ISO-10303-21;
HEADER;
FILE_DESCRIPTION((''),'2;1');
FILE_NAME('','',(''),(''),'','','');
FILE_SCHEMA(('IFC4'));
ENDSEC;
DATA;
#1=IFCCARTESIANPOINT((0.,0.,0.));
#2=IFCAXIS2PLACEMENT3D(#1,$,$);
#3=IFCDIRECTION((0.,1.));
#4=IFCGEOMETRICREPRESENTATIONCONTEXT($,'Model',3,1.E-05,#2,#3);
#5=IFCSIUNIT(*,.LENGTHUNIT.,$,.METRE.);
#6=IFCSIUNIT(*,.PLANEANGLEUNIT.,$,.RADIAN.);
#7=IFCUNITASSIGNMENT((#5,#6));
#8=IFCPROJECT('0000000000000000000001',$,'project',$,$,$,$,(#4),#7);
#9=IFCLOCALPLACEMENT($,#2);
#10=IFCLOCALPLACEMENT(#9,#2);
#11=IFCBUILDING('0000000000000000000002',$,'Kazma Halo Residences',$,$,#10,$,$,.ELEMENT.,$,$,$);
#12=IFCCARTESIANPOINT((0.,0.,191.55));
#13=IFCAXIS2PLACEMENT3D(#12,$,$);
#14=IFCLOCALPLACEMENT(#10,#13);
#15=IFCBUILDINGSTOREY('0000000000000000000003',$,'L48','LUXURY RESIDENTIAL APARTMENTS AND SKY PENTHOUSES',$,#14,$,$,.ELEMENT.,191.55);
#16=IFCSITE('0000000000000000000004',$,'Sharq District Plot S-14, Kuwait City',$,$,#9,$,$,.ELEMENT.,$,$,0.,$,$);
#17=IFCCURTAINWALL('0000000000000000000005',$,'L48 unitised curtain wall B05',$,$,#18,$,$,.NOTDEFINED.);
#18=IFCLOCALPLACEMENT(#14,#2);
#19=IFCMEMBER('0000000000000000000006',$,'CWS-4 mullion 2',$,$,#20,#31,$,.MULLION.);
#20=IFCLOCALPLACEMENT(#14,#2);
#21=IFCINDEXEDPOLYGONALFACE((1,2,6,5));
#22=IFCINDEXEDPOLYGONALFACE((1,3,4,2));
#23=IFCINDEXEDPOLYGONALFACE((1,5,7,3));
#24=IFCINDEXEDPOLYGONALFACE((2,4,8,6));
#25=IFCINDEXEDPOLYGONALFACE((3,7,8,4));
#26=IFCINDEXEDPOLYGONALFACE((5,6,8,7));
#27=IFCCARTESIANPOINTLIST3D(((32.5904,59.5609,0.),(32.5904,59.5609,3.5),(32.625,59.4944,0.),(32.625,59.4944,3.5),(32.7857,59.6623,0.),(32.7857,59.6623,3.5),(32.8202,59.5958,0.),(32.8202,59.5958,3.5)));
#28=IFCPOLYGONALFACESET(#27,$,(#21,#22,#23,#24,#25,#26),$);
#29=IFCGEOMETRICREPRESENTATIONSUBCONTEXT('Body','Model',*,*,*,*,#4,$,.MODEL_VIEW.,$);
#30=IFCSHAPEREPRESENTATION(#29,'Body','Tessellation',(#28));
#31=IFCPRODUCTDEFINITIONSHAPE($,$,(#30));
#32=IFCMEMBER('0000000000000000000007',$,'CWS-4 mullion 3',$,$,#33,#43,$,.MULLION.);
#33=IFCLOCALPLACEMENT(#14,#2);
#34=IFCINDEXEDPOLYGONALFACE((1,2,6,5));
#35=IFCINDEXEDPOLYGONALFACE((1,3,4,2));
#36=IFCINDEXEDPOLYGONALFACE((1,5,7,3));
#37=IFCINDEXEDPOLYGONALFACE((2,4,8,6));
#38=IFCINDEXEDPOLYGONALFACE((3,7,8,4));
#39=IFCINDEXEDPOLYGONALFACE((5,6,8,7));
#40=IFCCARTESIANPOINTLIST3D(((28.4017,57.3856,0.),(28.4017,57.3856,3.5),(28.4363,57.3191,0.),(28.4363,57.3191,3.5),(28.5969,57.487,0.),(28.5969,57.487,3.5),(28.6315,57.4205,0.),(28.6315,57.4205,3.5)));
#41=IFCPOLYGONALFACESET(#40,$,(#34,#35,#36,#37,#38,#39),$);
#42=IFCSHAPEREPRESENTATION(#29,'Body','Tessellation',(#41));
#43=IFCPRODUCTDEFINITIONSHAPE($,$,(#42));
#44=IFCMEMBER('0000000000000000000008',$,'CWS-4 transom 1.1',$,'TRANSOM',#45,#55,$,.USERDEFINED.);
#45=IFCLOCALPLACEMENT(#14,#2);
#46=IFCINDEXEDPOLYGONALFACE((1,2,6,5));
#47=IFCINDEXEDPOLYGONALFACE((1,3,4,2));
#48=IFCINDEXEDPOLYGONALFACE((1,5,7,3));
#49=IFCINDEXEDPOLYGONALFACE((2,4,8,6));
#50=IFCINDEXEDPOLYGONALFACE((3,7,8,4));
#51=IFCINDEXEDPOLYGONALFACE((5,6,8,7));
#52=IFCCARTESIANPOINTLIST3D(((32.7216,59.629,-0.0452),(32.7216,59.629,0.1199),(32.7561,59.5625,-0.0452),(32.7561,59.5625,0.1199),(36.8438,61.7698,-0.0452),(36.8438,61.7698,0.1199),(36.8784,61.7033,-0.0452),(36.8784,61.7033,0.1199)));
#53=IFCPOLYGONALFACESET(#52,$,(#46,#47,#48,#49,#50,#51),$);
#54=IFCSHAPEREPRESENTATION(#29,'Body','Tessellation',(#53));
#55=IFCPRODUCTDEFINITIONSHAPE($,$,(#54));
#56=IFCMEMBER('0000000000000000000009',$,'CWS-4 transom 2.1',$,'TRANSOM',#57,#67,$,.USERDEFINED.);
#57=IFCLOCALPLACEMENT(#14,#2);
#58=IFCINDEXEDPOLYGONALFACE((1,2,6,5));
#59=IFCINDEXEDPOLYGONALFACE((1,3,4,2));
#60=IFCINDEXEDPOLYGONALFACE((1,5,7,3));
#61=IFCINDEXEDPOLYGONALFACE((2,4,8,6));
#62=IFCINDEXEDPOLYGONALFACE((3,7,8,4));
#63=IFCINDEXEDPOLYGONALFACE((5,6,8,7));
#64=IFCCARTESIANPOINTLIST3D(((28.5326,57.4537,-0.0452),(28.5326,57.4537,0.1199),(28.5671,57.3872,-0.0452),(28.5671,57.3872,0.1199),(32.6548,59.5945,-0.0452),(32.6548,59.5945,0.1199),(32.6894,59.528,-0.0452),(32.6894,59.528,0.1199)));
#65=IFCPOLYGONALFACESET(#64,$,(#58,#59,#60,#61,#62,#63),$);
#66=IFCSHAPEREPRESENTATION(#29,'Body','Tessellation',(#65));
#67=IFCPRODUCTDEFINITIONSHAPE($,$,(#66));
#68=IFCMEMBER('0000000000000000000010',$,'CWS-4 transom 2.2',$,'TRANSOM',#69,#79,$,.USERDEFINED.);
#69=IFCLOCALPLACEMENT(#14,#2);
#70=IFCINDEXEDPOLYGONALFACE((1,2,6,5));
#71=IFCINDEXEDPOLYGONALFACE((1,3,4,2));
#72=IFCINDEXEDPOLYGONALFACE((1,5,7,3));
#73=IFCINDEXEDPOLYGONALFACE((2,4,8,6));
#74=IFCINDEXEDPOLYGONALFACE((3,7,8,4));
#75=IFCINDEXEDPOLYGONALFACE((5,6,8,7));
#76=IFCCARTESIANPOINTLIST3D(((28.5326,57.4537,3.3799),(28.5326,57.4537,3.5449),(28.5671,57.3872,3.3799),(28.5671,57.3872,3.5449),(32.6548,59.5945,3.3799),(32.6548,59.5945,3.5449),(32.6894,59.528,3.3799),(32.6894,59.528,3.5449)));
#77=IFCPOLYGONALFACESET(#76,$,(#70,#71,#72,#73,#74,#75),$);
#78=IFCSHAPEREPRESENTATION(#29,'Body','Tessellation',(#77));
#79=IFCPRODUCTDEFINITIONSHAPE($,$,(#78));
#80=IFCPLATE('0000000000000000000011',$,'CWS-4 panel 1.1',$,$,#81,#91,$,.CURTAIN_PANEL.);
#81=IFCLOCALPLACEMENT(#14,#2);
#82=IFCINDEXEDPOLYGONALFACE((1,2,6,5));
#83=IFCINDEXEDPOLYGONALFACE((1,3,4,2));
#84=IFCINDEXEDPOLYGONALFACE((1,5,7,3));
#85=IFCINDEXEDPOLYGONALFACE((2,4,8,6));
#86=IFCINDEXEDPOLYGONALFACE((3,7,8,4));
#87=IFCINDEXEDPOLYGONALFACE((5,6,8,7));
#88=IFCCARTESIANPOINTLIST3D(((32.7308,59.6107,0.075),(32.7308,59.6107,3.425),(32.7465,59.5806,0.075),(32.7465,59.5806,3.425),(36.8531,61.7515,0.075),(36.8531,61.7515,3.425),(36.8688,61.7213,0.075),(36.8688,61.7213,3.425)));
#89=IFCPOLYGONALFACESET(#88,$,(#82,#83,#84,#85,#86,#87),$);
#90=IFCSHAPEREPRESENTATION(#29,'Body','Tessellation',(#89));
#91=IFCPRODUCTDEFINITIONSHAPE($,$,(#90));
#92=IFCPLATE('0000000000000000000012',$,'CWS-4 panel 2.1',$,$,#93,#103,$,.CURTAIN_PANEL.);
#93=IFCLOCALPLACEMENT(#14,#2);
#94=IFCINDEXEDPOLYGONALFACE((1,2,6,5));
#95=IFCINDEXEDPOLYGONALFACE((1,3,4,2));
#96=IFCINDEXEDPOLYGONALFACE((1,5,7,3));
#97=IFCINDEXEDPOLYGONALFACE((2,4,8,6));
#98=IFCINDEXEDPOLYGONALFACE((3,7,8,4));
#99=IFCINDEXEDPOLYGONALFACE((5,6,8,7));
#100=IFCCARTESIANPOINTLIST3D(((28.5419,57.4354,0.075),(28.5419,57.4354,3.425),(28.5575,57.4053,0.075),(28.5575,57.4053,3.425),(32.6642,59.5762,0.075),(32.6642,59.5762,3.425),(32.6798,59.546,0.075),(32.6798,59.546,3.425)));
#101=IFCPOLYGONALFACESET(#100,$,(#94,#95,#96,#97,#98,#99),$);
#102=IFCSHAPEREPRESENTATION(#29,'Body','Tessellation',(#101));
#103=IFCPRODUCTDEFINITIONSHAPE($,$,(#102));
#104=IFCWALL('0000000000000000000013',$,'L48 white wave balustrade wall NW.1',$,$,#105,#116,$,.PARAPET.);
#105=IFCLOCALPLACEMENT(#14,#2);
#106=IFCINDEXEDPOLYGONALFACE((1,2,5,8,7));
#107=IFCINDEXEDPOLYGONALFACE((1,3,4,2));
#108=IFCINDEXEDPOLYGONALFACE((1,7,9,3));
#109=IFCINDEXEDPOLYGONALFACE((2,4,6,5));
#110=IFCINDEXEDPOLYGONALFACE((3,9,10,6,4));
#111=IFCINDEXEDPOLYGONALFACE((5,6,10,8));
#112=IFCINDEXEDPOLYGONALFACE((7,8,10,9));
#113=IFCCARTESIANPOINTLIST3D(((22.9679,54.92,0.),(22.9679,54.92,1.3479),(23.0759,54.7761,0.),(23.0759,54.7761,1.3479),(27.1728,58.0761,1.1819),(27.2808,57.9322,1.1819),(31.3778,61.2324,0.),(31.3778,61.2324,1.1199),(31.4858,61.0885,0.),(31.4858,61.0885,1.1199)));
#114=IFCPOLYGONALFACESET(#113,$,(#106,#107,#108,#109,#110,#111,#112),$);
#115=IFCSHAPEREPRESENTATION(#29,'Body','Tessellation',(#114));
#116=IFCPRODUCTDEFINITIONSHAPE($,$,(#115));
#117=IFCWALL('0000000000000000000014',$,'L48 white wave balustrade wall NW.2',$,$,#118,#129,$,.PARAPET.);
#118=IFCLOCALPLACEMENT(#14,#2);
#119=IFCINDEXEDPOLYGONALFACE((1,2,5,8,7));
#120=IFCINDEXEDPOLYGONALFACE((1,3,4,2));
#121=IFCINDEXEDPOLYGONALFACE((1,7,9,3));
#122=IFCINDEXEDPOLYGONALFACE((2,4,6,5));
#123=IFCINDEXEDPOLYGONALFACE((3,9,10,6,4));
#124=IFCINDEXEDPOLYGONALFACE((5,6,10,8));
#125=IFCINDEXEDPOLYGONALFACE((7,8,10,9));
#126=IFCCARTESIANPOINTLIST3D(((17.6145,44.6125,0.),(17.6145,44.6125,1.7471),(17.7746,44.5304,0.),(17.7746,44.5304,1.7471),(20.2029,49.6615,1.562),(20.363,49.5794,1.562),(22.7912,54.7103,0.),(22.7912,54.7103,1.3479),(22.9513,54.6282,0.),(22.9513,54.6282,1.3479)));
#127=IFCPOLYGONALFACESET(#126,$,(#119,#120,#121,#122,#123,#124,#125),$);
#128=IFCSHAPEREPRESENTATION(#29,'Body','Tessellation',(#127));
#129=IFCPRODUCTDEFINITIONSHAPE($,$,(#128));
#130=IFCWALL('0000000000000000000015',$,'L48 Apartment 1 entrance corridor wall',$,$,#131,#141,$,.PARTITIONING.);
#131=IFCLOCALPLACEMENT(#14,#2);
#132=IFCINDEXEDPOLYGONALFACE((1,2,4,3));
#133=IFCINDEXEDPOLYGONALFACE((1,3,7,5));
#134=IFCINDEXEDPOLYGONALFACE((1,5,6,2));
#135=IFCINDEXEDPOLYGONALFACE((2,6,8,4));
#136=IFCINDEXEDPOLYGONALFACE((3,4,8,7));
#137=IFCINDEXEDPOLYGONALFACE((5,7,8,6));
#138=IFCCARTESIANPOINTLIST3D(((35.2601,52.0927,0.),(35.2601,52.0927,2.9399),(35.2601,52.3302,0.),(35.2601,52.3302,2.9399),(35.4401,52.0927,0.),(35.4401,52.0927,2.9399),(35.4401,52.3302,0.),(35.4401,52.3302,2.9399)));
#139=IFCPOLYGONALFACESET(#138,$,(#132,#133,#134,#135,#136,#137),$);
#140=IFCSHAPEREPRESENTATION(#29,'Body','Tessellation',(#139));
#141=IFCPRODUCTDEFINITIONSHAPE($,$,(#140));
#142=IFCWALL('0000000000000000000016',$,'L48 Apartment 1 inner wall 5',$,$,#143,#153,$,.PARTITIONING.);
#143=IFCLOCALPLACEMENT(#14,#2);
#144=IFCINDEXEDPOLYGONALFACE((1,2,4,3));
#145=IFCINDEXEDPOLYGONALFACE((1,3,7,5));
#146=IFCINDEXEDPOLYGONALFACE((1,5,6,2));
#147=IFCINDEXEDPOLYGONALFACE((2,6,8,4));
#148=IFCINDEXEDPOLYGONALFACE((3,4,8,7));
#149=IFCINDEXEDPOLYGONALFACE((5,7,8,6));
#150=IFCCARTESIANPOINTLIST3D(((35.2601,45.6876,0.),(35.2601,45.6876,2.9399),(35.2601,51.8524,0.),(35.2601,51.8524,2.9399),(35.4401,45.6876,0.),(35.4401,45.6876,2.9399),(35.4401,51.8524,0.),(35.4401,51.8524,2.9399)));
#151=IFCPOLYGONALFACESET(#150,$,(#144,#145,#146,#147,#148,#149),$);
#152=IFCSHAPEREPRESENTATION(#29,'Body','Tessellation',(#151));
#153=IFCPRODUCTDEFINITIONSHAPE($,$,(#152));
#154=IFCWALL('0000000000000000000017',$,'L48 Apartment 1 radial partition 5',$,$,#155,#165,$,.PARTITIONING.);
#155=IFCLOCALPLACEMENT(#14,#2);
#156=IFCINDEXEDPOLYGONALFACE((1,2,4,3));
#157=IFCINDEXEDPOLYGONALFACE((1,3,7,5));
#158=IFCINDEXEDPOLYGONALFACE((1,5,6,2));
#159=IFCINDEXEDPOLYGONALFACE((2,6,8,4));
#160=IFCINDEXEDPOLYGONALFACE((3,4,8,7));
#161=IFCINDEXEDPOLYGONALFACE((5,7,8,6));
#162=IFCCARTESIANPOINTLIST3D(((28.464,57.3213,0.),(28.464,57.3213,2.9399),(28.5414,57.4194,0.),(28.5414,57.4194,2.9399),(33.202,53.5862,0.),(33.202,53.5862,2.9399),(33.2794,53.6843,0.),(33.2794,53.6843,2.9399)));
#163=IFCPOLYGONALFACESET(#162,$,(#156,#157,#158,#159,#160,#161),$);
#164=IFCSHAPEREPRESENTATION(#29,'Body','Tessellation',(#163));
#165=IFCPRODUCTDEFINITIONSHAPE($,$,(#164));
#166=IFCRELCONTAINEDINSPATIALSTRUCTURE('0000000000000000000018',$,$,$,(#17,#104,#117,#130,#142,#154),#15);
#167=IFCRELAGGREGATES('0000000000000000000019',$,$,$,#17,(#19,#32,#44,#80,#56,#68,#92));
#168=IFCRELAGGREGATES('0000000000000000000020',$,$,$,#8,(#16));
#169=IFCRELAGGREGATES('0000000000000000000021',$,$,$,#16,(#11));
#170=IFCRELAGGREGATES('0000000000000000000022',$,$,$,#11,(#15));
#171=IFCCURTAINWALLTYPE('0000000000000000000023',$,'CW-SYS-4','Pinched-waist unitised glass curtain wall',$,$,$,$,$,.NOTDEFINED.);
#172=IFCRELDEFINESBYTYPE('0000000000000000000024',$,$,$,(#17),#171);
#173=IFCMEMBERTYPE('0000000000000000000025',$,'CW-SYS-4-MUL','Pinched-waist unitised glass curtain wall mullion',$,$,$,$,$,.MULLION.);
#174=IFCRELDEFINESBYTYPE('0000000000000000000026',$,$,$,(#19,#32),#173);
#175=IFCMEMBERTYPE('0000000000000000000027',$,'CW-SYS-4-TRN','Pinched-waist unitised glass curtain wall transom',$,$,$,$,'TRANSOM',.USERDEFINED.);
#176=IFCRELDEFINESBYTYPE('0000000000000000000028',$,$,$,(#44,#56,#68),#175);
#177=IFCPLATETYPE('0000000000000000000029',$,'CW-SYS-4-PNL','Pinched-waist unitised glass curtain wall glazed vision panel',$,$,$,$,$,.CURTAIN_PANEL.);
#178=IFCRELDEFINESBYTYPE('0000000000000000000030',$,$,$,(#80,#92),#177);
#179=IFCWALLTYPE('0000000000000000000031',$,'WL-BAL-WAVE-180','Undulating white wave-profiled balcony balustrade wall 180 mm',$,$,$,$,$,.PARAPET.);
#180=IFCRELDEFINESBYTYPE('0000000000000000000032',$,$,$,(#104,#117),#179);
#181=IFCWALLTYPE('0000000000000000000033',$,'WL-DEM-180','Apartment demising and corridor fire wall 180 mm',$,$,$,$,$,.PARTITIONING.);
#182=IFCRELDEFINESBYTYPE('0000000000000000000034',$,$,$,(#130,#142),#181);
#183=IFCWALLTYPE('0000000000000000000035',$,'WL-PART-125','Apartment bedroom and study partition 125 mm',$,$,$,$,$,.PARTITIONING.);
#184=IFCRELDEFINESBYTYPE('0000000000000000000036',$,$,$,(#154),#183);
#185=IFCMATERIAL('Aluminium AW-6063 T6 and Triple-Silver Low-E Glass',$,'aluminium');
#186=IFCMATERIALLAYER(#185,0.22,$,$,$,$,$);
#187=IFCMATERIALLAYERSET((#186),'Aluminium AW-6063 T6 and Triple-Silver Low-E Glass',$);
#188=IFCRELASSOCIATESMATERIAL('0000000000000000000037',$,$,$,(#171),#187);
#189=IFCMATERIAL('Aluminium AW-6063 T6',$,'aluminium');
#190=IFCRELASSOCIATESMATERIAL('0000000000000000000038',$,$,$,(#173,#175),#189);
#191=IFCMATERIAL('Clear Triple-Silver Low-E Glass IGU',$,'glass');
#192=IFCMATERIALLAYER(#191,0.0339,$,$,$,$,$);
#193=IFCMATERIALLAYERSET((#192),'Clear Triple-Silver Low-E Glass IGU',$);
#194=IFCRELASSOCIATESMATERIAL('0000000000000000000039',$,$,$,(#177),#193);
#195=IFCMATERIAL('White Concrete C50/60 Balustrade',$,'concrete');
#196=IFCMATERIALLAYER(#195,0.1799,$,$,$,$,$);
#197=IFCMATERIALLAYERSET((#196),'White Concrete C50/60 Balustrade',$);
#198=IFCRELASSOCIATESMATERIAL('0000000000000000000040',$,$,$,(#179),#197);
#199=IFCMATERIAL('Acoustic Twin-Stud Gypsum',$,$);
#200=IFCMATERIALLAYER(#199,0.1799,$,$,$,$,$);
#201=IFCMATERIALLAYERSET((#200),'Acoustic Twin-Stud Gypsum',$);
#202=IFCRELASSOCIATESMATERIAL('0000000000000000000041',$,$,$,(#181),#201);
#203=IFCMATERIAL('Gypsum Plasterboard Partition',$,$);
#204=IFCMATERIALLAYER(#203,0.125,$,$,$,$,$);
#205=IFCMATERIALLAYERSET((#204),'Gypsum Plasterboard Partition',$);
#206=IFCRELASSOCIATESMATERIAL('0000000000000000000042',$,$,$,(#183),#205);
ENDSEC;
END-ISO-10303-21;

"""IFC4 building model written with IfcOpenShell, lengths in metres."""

from ifc_helpers import new_model, si_unit, direction, frame, frame_2d, origin, origin_2d, place, context, subcontext, project, spatial, polyline, rectangle, outline, extrude, material, layer, layer_set, material_profile, profile_set, type_object, element, aggregate, save


model = new_model("IFC4")

# Units and contexts
model_context = context("Model", 3, precision=1e-05, world=origin(), true_north=direction((0.0, 1.0)))
body_context = subcontext(model_context, "Body", "Model", "MODEL_VIEW")
ifc_project = project(units=[si_unit("LENGTHUNIT", "METRE"), si_unit("PLANEANGLEUNIT", "RADIAN")], contexts=[model_context])

# Site, building, storey
site_placement = place(None, origin())
site = spatial("IfcSite", under=ifc_project, at=site_placement, Name="Sharq District Plot S-14, Kuwait City", CompositionType="ELEMENT", RefElevation=0.0)
building_placement = place(site_placement, origin())
building = spatial("IfcBuilding", under=site, at=building_placement, Name="Kazma Halo Residences", CompositionType="ELEMENT")
storey_placement = place(building_placement, frame((0.0, 0.0, 191.55)))
storey = spatial("IfcBuildingStorey", under=building, at=storey_placement, Name="L48", Description="LUXURY RESIDENTIAL APARTMENTS AND SKY PENTHOUSES", CompositionType="ELEMENT", Elevation=191.55)

# Curtain wall, members, plates
ifc_material_1 = material(Name="Aluminium AW-6063 T6 and Triple-Silver Low-E Glass", Category="aluminium")
ifc_layer_1 = layer(ifc_material_1, 0.22)
ifc_layer_set_1 = layer_set([ifc_layer_1], Name="Aluminium AW-6063 T6 and Triple-Silver Low-E Glass")
curtain_wall_type = type_object("IfcCurtainWallType", Name="CW-SYS-4", Description="Pinched-waist unitised glass curtain wall", PredefinedType="NOTDEFINED", material=ifc_layer_set_1)
curtain_wall_placement = place(storey_placement, origin())
curtain_wall = element("IfcCurtainWall", 1, at=curtain_wall_placement, inside=storey, type_object=curtain_wall_type, Name="L48 unitised curtain wall B05", PredefinedType="NOTDEFINED")
ifc_material_2 = material(Name="Aluminium AW-6063 T6", Category="aluminium")
ifc_material_profile_1 = material_profile(ifc_material_2, rectangle(XDim=0.075, YDim=0.22, at=origin_2d()), Name="CWM-75x220")
ifc_profile_set_1 = profile_set([ifc_material_profile_1], Name="Aluminium AW-6063 T6")
member_type_1 = type_object("IfcMemberType", Name="CW-SYS-4-MUL", Description="Pinched-waist unitised glass curtain wall mullion", PredefinedType="MULLION", material=ifc_profile_set_1)
member_1_placement = place(storey_placement, frame((32.7053, 59.5784, 0.0), z_axis=(0.0, 0.0, 1.0), x_axis=(0.460874, -0.887466, 0.0)))
member_1 = element("IfcMember", 2, at=member_1_placement, type_object=member_type_1, Name="CWS-4 mullion 2", PredefinedType="MULLION", context=body_context, shape_type="SweptSolid", body=[
    extrude(rectangle(XDim=0.075, YDim=0.22, at=origin_2d()), origin(), (0.0, 0.0, 1.0), 3.5),
])
member_2_placement = place(storey_placement, frame((28.5166, 57.4031, 0.0), z_axis=(0.0, 0.0, 1.0), x_axis=(0.460874, -0.887466, 0.0)))
member_2 = element("IfcMember", 3, at=member_2_placement, type_object=member_type_1, Name="CWS-4 mullion 3", PredefinedType="MULLION", context=body_context, shape_type="SweptSolid", body=[
    extrude(rectangle(XDim=0.075, YDim=0.22, at=origin_2d()), origin(), (0.0, 0.0, 1.0), 3.5),
])
ifc_material_profile_2 = material_profile(ifc_material_2, rectangle(XDim=0.075, YDim=0.165, at=origin_2d()), Name="CWT-75x165")
ifc_profile_set_2 = profile_set([ifc_material_profile_2], Name="Aluminium AW-6063 T6")
member_type_2 = type_object("IfcMemberType", Name="CW-SYS-4-TRN", Description="Pinched-waist unitised glass curtain wall transom", ElementType="TRANSOM", PredefinedType="USERDEFINED", material=ifc_profile_set_2)
member_3_placement = place(storey_placement, frame((36.8611, 61.7366, 0.0374), z_axis=(-0.887458, -0.460889, 0.0), x_axis=(0.460889, -0.887458, 0.0)))
member_3 = element("IfcMember", 4, at=member_3_placement, type_object=member_type_2, Name="CWS-4 transom 1.1", ObjectType="TRANSOM", PredefinedType="USERDEFINED", context=body_context, shape_type="SweptSolid", body=[
    extrude(rectangle(XDim=0.075, YDim=0.165, at=origin_2d()), origin(), (0.0, 0.0, 1.0), 4.645),
])
member_4_placement = place(storey_placement, frame((32.6721, 59.5613, 0.0374), z_axis=(-0.887458, -0.460889, 0.0), x_axis=(0.460889, -0.887458, 0.0)))
member_4 = element("IfcMember", 5, at=member_4_placement, type_object=member_type_2, Name="CWS-4 transom 2.1", ObjectType="TRANSOM", PredefinedType="USERDEFINED", context=body_context, shape_type="SweptSolid", body=[
    extrude(rectangle(XDim=0.075, YDim=0.165, at=origin_2d()), origin(), (0.0, 0.0, 1.0), 4.645),
])
member_5_placement = place(storey_placement, frame((32.6721, 59.5613, 3.4624), z_axis=(-0.887458, -0.460889, 0.0), x_axis=(0.460889, -0.887458, 0.0)))
member_5 = element("IfcMember", 6, at=member_5_placement, type_object=member_type_2, Name="CWS-4 transom 2.2", ObjectType="TRANSOM", PredefinedType="USERDEFINED", context=body_context, shape_type="SweptSolid", body=[
    extrude(rectangle(XDim=0.075, YDim=0.165, at=origin_2d()), origin(), (0.0, 0.0, 1.0), 4.645),
])
ifc_material_3 = material(Name="Clear Triple-Silver Low-E Glass IGU", Category="glass")
ifc_layer_2 = layer(ifc_material_3, 0.0339)
ifc_layer_set_2 = layer_set([ifc_layer_2], Name="Clear Triple-Silver Low-E Glass IGU")
plate_type = type_object("IfcPlateType", Name="CW-SYS-4-PNL", Description="Pinched-waist unitised glass curtain wall glazed vision panel", PredefinedType="CURTAIN_PANEL", material=ifc_layer_set_2)
plate_1_placement = place(storey_placement, frame((34.7998, 60.666, 0.075), z_axis=(0.0, 0.0, 1.0), x_axis=(-0.887466, -0.460874, 0.0)))
plate_1 = element("IfcPlate", 7, at=plate_1_placement, type_object=plate_type, Name="CWS-4 panel 1.1", PredefinedType="CURTAIN_PANEL", context=body_context, shape_type="SweptSolid", body=[
    extrude(rectangle(XDim=4.645, YDim=0.0339, at=origin_2d()), origin(), (0.0, 0.0, 1.0), 3.3501),
])
plate_2_placement = place(storey_placement, frame((30.6108, 58.4907, 0.075), z_axis=(0.0, 0.0, 1.0), x_axis=(-0.887466, -0.460874, 0.0)))
plate_2 = element("IfcPlate", 8, at=plate_2_placement, type_object=plate_type, Name="CWS-4 panel 2.1", PredefinedType="CURTAIN_PANEL", context=body_context, shape_type="SweptSolid", body=[
    extrude(rectangle(XDim=4.645, YDim=0.0339, at=origin_2d()), origin(), (0.0, 0.0, 1.0), 3.3501),
])
aggregate(curtain_wall, [member_1, member_2, member_3, plate_1, member_4, member_5, plate_2])

# Walls
ifc_material_4 = material(Name="White Concrete C50/60 Balustrade", Category="concrete")
ifc_layer_3 = layer(ifc_material_4, 0.1799)
ifc_layer_set_3 = layer_set([ifc_layer_3], Name="White Concrete C50/60 Balustrade")
wall_type_1 = type_object("IfcWallType", Name="WL-BAL-WAVE-180", Description="Undulating white wave-profiled balcony balustrade wall 180 mm", PredefinedType="PARAPET", material=ifc_layer_set_3)
wall_1_placement = place(storey_placement, frame((31.4319, 61.1604, 0.0), z_axis=(0.0, 0.0, 1.0), x_axis=(-0.799769, -0.600308, 0.0)))
element("IfcWall", 9, at=wall_1_placement, inside=storey, type_object=wall_type_1, Name="L48 white wave balustrade wall NW.1", PredefinedType="PARAPET", context=body_context, shape_type="SweptSolid", body=[
    extrude(outline(polyline([(0.0, 0.0), (10.5154, 0.0), (10.5154, 1.3479), (5.2578, 1.1819), (0.0, 1.1199), (0.0, 0.0)])), frame((0.0, 0.0898, 0.0), z_axis=(0.0, -1.0, 0.0), x_axis=(1.0, 0.0, 0.0)), (0.0, 0.0, 1.0), 0.1799),
])
wall_2_placement = place(storey_placement, frame((22.8713, 54.6692, 0.0), z_axis=(0.0, 0.0, 1.0), x_axis=(-0.456201, -0.889877, 0.0)))
element("IfcWall", 10, at=wall_2_placement, inside=storey, type_object=wall_type_1, Name="L48 white wave balustrade wall NW.2", PredefinedType="PARAPET", context=body_context, shape_type="SweptSolid", body=[
    extrude(outline(polyline([(0.0, 0.0), (11.3474, 0.0), (11.3474, 1.7471), (5.6736, 1.562), (0.0, 1.3479), (0.0, 0.0)])), frame((0.0, 0.0898, 0.0), z_axis=(0.0, -1.0, 0.0), x_axis=(1.0, 0.0, 0.0)), (0.0, 0.0, 1.0), 0.1799),
])
ifc_material_5 = material(Name="Acoustic Twin-Stud Gypsum")
ifc_layer_4 = layer(ifc_material_5, 0.1799)
ifc_layer_set_4 = layer_set([ifc_layer_4], Name="Acoustic Twin-Stud Gypsum")
wall_type_2 = type_object("IfcWallType", Name="WL-DEM-180", Description="Apartment demising and corridor fire wall 180 mm", PredefinedType="PARTITIONING", material=ifc_layer_set_4)
wall_3_placement = place(storey_placement, frame((35.3501, 52.3301, 0.0), z_axis=(0.0, 0.0, 1.0), x_axis=(0.0, -1.0, 0.0)))
element("IfcWall", 11, at=wall_3_placement, inside=storey, type_object=wall_type_2, Name="L48 Apartment 1 entrance corridor wall", PredefinedType="PARTITIONING", context=body_context, shape_type="SweptSolid", body=[
    extrude(rectangle(XDim=0.2375, YDim=0.1799, at=frame_2d((0.1187, 0.0))), origin(), (0.0, 0.0, 1.0), 2.9399),
])
wall_4_placement = place(storey_placement, frame((35.3501, 51.8525, 0.0), z_axis=(0.0, 0.0, 1.0), x_axis=(0.0, -1.0, 0.0)))
element("IfcWall", 12, at=wall_4_placement, inside=storey, type_object=wall_type_2, Name="L48 Apartment 1 inner wall 5", PredefinedType="PARTITIONING", context=body_context, shape_type="SweptSolid", body=[
    extrude(rectangle(XDim=6.1648, YDim=0.1799, at=frame_2d((3.0825, 0.0))), origin(), (0.0, 0.0, 1.0), 2.9399),
])

# Wall
ifc_material_6 = material(Name="Gypsum Plasterboard Partition")
ifc_layer_5 = layer(ifc_material_6, 0.125)
ifc_layer_set_5 = layer_set([ifc_layer_5], Name="Gypsum Plasterboard Partition")
wall_type_3 = type_object("IfcWallType", Name="WL-PART-125", Description="Apartment bedroom and study partition 125 mm", PredefinedType="PARTITIONING", material=ifc_layer_set_5)
wall_5_placement = place(storey_placement, frame((33.2407, 53.6353, 0.0), z_axis=(0.0, 0.0, 1.0), x_axis=(-0.785322, 0.619088, 0.0)))
element("IfcWall", 13, at=wall_5_placement, inside=storey, type_object=wall_type_3, Name="L48 Apartment 1 radial partition 5", PredefinedType="PARTITIONING", context=body_context, shape_type="SweptSolid", body=[
    extrude(rectangle(XDim=6.0332, YDim=0.125, at=frame_2d((3.0166, 0.0))), origin(), (0.0, 0.0, 1.0), 2.9399),
])

save(model, "model.ifc")
